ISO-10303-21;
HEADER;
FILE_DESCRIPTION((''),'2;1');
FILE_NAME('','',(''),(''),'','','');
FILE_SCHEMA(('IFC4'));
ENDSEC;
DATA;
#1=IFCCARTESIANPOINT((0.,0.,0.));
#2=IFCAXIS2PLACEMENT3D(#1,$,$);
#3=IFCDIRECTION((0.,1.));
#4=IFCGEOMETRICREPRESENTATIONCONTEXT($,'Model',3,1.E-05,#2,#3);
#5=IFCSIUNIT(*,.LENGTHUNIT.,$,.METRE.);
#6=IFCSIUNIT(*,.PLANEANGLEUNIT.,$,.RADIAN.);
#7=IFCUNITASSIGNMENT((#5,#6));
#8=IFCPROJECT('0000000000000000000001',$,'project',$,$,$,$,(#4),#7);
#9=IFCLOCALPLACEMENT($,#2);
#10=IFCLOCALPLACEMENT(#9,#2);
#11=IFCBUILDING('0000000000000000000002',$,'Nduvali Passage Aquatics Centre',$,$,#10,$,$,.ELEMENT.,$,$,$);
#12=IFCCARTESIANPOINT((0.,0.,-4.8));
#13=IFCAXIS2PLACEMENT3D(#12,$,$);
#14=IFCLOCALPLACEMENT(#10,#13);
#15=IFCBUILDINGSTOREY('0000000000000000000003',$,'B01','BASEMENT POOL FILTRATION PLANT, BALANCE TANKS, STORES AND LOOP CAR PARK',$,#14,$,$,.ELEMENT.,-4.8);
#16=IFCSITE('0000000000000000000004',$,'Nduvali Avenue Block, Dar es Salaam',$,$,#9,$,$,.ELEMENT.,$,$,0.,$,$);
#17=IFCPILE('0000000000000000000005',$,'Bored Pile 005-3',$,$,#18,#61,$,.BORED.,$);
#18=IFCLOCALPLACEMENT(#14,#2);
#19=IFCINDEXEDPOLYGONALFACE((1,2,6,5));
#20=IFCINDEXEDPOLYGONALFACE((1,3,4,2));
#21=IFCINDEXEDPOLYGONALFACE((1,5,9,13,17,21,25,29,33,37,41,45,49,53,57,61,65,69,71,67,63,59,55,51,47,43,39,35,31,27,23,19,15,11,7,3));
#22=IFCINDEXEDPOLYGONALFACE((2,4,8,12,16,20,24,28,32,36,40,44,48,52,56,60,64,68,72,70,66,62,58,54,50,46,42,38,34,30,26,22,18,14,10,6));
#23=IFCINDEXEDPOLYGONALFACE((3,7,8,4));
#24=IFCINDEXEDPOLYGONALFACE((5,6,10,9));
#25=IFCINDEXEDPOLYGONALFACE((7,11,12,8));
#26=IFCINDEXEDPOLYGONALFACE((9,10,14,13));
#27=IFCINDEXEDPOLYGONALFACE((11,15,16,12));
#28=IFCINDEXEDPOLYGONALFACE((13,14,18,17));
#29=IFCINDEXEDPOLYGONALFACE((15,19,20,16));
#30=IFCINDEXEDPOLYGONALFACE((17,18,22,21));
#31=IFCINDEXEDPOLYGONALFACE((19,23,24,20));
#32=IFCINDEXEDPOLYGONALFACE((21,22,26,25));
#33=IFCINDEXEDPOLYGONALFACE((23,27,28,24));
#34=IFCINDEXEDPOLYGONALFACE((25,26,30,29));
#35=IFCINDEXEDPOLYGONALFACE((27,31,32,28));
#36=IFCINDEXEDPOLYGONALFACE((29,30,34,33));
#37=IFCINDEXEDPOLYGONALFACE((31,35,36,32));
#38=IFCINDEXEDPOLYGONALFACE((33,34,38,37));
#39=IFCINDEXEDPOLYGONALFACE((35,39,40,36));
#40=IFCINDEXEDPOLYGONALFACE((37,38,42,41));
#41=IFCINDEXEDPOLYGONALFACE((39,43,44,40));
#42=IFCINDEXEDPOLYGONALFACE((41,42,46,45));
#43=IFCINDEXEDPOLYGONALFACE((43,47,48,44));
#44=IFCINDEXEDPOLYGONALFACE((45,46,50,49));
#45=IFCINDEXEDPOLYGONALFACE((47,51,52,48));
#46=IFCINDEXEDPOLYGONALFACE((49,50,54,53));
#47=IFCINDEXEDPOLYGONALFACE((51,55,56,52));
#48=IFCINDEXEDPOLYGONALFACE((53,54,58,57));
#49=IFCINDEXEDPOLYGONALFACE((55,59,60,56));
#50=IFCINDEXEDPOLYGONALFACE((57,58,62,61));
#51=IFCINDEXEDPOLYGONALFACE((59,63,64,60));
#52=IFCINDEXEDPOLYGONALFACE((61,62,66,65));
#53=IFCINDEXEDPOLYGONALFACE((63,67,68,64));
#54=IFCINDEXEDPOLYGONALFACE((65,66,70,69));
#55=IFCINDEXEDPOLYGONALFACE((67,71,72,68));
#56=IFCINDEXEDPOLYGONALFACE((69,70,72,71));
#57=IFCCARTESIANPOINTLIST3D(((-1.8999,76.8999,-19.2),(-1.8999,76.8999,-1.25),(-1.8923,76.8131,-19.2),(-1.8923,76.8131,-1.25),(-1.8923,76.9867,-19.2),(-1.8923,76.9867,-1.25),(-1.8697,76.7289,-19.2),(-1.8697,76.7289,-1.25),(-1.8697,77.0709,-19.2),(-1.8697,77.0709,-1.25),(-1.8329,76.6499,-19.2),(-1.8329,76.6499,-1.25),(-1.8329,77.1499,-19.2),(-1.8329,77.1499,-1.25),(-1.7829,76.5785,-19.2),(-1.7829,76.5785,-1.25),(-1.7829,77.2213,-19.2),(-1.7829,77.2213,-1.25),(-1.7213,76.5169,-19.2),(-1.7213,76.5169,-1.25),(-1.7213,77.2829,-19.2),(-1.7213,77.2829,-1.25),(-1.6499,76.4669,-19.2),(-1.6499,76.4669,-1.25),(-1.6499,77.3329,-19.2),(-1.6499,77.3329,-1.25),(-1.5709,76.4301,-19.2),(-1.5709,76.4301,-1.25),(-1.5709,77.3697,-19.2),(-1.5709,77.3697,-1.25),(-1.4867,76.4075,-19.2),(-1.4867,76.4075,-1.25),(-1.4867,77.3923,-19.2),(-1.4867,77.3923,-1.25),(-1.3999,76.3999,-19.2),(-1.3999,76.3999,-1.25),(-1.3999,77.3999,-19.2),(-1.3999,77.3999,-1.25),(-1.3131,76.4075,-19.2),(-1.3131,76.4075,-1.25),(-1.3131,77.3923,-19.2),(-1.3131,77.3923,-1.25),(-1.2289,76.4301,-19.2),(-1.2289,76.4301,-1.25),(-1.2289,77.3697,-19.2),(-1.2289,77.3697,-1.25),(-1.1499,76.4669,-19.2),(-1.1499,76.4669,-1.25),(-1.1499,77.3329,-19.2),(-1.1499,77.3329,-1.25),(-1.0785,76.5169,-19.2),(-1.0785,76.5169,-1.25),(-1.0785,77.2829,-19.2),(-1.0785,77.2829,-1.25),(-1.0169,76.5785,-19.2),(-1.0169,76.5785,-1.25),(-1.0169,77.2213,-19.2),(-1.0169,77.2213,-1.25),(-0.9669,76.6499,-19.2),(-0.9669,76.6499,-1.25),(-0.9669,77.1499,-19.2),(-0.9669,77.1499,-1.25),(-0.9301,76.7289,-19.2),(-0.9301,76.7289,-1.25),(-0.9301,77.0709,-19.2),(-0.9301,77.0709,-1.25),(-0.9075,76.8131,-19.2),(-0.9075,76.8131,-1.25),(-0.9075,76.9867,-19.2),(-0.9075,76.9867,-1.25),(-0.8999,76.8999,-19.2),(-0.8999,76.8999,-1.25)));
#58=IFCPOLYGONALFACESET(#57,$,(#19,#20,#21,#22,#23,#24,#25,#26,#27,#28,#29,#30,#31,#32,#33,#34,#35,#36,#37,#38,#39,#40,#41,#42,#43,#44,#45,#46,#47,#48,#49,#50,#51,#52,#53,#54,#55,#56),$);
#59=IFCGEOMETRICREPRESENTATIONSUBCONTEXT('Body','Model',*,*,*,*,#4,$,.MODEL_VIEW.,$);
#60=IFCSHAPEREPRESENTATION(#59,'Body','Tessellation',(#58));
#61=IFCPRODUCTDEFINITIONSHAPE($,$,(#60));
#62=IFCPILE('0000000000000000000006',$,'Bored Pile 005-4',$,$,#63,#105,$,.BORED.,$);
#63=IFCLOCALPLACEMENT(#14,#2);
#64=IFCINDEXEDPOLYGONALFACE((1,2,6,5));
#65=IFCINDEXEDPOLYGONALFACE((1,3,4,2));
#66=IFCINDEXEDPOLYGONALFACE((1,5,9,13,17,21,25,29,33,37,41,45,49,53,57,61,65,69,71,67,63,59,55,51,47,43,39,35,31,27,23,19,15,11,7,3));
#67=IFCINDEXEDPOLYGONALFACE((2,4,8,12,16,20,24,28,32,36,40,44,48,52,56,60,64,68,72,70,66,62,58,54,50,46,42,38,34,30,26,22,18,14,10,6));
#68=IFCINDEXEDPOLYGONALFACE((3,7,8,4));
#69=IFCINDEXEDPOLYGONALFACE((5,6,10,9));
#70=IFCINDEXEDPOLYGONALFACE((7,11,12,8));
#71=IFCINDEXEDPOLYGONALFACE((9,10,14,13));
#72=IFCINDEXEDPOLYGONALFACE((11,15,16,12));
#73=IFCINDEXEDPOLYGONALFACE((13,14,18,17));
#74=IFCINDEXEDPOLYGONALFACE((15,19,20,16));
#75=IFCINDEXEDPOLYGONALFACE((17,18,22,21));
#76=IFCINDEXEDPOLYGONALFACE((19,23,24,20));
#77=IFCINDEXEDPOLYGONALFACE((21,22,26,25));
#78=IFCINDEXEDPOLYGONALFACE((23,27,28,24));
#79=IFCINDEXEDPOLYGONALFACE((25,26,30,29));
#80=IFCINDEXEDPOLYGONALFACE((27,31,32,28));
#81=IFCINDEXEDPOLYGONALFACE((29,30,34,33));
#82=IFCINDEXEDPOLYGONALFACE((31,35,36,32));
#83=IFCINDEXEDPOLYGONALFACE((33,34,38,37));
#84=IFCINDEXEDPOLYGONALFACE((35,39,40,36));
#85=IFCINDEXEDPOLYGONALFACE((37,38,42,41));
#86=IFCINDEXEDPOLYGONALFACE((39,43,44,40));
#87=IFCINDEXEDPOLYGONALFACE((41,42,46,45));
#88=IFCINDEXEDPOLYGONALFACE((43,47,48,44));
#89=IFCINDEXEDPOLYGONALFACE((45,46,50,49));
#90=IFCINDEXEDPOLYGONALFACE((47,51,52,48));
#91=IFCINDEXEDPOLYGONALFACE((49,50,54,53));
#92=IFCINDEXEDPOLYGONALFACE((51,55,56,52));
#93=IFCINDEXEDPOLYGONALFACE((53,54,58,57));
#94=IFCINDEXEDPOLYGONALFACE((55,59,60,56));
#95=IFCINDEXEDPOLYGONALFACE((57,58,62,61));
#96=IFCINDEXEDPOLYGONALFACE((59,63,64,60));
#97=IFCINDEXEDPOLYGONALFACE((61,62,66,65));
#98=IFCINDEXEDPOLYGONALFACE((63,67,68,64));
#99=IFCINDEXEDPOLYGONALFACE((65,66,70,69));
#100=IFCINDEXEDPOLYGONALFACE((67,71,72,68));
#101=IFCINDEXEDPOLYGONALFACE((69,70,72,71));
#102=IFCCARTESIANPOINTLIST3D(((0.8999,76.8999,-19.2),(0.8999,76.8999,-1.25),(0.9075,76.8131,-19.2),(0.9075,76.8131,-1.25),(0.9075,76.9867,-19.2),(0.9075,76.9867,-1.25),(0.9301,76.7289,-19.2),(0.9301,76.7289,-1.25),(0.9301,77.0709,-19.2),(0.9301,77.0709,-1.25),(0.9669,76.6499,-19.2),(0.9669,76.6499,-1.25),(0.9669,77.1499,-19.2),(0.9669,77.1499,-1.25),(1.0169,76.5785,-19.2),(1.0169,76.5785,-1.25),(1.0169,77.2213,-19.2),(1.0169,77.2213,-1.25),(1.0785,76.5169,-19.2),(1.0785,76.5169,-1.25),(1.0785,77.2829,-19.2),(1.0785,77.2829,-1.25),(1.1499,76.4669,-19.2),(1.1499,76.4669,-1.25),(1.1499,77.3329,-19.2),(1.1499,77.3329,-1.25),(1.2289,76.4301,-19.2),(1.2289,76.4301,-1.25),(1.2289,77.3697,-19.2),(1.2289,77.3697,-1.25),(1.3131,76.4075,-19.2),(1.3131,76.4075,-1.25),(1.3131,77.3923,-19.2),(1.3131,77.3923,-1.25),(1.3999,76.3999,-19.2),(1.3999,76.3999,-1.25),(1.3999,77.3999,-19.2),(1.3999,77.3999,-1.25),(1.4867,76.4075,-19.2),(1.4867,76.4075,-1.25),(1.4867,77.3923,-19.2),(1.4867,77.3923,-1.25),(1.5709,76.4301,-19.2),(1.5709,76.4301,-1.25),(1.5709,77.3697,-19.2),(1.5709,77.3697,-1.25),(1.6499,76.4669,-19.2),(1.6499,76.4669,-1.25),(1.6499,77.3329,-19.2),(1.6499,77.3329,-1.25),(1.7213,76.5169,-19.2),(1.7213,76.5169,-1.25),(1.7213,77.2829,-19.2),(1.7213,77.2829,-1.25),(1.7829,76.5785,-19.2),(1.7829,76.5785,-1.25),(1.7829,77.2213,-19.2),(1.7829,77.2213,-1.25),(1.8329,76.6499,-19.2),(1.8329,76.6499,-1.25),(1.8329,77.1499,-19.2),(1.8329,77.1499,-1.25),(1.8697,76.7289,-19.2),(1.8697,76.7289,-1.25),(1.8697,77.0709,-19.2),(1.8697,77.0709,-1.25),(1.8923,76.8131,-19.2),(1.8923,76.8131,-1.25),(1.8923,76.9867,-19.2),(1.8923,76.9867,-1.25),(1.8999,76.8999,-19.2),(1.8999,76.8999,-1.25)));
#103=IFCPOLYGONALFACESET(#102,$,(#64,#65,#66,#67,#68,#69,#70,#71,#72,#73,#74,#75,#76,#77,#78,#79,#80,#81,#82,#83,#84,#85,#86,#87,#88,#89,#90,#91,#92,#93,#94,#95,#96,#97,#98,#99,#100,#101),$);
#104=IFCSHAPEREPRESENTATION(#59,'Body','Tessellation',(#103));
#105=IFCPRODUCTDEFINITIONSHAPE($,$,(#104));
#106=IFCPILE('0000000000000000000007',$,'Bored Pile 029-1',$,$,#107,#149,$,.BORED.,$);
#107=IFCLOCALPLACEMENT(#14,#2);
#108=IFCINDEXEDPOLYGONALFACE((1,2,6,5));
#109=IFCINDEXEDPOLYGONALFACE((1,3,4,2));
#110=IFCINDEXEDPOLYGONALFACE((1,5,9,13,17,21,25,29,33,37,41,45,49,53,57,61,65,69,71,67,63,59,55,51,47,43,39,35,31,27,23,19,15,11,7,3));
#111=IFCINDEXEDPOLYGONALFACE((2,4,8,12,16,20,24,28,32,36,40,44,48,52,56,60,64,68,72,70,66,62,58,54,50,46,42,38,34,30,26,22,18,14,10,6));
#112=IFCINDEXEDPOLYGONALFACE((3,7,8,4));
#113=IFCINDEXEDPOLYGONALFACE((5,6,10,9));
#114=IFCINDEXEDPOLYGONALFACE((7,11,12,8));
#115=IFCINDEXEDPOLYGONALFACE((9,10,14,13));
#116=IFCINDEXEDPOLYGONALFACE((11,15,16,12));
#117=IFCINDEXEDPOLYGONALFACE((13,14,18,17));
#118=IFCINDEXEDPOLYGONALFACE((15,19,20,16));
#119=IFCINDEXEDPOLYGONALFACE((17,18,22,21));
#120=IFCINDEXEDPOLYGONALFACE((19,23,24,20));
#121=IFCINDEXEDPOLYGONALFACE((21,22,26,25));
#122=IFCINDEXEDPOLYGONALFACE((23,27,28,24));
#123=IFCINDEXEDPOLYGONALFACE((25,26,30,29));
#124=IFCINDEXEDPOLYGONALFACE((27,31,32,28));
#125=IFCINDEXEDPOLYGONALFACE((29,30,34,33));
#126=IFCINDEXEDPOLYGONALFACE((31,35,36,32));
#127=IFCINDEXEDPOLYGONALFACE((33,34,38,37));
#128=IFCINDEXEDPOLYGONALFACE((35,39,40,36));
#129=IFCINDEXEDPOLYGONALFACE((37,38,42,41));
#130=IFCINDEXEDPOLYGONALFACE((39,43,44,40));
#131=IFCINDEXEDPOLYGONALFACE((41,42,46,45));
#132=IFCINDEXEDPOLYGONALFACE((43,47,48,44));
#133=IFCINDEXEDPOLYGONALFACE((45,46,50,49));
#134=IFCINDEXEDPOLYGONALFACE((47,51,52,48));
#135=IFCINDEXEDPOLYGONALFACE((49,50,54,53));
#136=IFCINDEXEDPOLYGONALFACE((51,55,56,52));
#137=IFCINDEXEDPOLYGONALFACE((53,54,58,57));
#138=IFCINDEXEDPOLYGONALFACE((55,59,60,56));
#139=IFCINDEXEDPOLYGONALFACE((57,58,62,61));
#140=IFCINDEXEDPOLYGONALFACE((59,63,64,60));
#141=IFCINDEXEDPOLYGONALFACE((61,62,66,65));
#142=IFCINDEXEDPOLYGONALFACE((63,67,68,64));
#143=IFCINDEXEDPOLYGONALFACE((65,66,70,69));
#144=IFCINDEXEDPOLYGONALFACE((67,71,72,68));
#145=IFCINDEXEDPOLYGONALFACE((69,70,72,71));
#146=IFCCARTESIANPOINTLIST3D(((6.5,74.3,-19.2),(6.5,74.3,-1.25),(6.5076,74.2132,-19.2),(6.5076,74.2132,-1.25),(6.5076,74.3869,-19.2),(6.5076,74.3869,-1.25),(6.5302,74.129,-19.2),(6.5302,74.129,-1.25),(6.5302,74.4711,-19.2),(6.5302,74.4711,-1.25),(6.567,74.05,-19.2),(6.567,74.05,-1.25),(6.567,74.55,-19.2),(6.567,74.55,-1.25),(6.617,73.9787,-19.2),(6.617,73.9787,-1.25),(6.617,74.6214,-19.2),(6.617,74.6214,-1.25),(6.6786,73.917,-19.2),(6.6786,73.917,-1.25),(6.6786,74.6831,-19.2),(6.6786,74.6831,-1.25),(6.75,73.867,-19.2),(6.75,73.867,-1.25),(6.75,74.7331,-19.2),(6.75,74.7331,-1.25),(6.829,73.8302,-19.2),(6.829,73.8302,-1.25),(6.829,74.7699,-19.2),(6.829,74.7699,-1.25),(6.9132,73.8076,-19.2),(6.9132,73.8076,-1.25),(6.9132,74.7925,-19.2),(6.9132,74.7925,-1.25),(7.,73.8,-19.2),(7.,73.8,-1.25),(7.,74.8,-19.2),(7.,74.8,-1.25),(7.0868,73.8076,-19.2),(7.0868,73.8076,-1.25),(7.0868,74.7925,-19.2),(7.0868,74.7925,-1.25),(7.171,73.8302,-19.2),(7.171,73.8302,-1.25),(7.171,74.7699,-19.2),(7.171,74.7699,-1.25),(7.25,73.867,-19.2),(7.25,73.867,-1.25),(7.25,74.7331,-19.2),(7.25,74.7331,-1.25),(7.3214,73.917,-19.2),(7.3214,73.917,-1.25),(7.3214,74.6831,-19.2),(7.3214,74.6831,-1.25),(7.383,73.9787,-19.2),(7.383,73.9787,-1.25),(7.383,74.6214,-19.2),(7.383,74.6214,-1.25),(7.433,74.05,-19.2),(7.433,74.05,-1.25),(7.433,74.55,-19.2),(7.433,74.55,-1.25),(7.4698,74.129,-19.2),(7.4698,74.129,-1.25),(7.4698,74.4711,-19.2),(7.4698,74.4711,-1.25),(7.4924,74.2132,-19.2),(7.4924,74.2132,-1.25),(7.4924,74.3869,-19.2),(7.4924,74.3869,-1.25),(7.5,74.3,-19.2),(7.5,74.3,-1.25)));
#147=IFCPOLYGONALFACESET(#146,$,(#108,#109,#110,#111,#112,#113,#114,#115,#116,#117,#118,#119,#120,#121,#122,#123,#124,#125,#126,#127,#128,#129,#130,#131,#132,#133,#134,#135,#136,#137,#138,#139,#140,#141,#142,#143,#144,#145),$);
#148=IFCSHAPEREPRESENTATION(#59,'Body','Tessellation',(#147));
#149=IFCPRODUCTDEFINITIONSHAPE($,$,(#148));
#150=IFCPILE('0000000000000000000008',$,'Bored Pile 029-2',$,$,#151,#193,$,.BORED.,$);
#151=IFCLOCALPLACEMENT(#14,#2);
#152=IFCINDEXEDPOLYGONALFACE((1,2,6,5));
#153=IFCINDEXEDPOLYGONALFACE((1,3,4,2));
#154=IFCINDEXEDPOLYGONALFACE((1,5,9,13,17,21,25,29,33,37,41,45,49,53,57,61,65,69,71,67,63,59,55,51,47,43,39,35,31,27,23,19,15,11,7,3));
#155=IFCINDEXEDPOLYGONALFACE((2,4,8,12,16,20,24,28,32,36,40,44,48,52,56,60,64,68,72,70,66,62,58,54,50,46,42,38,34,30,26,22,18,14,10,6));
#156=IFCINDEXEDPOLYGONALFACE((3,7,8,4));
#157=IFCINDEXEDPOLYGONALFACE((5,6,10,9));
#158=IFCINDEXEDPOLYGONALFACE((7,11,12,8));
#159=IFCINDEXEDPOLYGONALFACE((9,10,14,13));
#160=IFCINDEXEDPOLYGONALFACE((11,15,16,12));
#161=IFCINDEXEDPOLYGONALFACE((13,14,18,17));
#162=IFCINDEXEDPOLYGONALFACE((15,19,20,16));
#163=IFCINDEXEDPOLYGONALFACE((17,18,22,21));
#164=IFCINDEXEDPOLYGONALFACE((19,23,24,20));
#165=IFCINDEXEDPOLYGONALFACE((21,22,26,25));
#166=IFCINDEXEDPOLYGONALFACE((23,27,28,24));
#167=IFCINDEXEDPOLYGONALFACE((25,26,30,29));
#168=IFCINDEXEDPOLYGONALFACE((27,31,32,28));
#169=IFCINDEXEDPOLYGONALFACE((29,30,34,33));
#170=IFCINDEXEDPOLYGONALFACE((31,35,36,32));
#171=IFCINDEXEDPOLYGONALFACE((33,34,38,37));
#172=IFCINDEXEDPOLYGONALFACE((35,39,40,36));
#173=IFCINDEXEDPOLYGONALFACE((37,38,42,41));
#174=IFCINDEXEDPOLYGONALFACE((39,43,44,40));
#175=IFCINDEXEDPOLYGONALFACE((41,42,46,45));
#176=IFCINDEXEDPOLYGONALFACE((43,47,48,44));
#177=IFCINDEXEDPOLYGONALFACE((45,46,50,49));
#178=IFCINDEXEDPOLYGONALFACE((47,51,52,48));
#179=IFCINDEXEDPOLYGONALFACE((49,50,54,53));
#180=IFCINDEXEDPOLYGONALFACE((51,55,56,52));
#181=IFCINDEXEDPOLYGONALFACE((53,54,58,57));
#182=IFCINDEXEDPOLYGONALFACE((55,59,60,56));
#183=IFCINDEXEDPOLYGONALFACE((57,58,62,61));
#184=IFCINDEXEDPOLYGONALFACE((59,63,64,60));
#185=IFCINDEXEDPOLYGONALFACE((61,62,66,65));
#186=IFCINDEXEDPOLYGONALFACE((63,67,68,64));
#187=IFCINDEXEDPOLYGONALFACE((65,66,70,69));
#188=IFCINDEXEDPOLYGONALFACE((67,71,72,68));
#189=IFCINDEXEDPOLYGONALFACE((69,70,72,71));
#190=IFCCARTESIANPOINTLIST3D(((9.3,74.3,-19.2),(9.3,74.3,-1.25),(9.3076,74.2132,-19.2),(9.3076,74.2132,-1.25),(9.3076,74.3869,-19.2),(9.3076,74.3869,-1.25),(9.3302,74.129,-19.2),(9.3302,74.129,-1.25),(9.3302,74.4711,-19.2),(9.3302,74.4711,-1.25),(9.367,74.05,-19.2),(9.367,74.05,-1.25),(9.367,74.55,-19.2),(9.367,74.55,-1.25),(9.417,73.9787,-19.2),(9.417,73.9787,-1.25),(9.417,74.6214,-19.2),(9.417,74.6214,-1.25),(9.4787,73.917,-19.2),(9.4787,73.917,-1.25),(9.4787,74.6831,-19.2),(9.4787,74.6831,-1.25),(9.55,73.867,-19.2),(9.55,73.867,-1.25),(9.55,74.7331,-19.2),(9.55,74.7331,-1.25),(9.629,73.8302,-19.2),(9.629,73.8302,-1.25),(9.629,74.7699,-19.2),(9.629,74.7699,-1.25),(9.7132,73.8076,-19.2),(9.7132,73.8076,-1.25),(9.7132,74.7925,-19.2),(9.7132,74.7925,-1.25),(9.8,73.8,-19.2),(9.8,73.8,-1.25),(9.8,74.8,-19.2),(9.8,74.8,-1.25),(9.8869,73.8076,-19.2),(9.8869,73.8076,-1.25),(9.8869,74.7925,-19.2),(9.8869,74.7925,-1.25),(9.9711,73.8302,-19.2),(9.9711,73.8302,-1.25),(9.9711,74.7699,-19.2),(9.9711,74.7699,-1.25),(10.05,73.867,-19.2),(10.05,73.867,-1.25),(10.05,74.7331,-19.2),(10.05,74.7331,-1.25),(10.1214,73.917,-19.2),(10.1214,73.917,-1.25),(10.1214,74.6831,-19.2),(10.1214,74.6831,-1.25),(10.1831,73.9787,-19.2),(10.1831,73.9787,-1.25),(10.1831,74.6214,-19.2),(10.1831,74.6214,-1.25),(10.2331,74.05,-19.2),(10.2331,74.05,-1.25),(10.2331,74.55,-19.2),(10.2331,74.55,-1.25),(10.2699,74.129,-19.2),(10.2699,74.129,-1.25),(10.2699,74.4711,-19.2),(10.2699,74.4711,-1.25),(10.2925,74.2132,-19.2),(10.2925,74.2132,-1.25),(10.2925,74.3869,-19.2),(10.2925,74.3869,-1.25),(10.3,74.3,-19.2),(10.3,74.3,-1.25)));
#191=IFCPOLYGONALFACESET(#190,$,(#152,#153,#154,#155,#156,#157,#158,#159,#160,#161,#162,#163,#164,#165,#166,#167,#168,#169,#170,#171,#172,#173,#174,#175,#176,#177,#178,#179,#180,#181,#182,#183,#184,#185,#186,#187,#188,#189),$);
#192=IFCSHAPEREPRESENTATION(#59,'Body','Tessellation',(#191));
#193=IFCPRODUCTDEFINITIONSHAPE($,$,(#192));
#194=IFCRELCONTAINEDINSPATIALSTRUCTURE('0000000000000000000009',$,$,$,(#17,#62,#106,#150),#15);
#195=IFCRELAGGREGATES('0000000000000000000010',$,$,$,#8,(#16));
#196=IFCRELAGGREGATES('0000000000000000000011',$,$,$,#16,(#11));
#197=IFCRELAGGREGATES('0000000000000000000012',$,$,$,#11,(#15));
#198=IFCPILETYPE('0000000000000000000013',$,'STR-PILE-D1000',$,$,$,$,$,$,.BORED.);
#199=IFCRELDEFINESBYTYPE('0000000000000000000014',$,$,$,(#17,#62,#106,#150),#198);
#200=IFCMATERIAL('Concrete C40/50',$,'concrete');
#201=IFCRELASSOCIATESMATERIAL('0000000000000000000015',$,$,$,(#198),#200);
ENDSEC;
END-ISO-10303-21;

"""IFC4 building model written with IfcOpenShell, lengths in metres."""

from ifc_helpers import new_model, si_unit, direction, frame, origin, origin_2d, place, context, subcontext, project, spatial, circle, extrude, material, material_profile, profile_set, type_object, element, save


model = new_model("IFC4")

# Units and contexts
model_context = context("Model", 3, precision=1e-05, world=origin(), true_north=direction((0.0, 1.0)))
body_context = subcontext(model_context, "Body", "Model", "MODEL_VIEW")
ifc_project = project(units=[si_unit("LENGTHUNIT", "METRE"), si_unit("PLANEANGLEUNIT", "RADIAN")], contexts=[model_context])

# Site, building, storey
site_placement = place(None, origin())
site = spatial("IfcSite", under=ifc_project, at=site_placement, Name="Nduvali Avenue Block, Dar es Salaam", CompositionType="ELEMENT", RefElevation=0.0)
building_placement = place(site_placement, origin())
building = spatial("IfcBuilding", under=site, at=building_placement, Name="Nduvali Passage Aquatics Centre", CompositionType="ELEMENT")
storey_placement = place(building_placement, frame((0.0, 0.0, -4.8)))
storey = spatial("IfcBuildingStorey", under=building, at=storey_placement, Name="B01", Description="BASEMENT POOL FILTRATION PLANT, BALANCE TANKS, STORES AND LOOP CAR PARK", CompositionType="ELEMENT", Elevation=-4.8)

# Shared definitions
ifc_material_1 = material(Name="Concrete C40/50", Category="concrete")

# Piles
ifc_material_profile_1 = material_profile(ifc_material_1, circle(Radius=0.5, at=origin_2d()), Name="PILE D1000")
ifc_profile_set_1 = profile_set([ifc_material_profile_1], Name="Concrete C40/50")
pile_type = type_object("IfcPileType", Name="STR-PILE-D1000", PredefinedType="BORED", material=ifc_profile_set_1)
for number, where, z_axis, x_axis, name in (
    (1, (-1.3999, 76.8999, -1.25), (0.0, 0.0, -1.0), (1.0, 0.0, 0.0), "Bored Pile 005-3"),
    (2, (1.3999, 76.8999, -1.25), (0.0, 0.0, -1.0), (1.0, 0.0, 0.0), "Bored Pile 005-4"),
    (3, (7.0, 74.3, -1.25), (0.0, 0.0, -1.0), (1.0, 0.0, 0.0), "Bored Pile 029-1"),
    (4, (9.8, 74.3, -1.25), (0.0, 0.0, -1.0), (1.0, 0.0, 0.0), "Bored Pile 029-2"),
):
    element("IfcPile", number, at=place(storey_placement, frame(where, z_axis=z_axis, x_axis=x_axis)), inside=storey, type_object=pile_type, Name=name, PredefinedType="BORED", context=body_context, shape_type="SweptSolid", body=[
        extrude(circle(Radius=0.5, at=origin_2d()), origin(), (0.0, 0.0, 1.0), 17.95),
    ])

save(model, "model.ifc")
